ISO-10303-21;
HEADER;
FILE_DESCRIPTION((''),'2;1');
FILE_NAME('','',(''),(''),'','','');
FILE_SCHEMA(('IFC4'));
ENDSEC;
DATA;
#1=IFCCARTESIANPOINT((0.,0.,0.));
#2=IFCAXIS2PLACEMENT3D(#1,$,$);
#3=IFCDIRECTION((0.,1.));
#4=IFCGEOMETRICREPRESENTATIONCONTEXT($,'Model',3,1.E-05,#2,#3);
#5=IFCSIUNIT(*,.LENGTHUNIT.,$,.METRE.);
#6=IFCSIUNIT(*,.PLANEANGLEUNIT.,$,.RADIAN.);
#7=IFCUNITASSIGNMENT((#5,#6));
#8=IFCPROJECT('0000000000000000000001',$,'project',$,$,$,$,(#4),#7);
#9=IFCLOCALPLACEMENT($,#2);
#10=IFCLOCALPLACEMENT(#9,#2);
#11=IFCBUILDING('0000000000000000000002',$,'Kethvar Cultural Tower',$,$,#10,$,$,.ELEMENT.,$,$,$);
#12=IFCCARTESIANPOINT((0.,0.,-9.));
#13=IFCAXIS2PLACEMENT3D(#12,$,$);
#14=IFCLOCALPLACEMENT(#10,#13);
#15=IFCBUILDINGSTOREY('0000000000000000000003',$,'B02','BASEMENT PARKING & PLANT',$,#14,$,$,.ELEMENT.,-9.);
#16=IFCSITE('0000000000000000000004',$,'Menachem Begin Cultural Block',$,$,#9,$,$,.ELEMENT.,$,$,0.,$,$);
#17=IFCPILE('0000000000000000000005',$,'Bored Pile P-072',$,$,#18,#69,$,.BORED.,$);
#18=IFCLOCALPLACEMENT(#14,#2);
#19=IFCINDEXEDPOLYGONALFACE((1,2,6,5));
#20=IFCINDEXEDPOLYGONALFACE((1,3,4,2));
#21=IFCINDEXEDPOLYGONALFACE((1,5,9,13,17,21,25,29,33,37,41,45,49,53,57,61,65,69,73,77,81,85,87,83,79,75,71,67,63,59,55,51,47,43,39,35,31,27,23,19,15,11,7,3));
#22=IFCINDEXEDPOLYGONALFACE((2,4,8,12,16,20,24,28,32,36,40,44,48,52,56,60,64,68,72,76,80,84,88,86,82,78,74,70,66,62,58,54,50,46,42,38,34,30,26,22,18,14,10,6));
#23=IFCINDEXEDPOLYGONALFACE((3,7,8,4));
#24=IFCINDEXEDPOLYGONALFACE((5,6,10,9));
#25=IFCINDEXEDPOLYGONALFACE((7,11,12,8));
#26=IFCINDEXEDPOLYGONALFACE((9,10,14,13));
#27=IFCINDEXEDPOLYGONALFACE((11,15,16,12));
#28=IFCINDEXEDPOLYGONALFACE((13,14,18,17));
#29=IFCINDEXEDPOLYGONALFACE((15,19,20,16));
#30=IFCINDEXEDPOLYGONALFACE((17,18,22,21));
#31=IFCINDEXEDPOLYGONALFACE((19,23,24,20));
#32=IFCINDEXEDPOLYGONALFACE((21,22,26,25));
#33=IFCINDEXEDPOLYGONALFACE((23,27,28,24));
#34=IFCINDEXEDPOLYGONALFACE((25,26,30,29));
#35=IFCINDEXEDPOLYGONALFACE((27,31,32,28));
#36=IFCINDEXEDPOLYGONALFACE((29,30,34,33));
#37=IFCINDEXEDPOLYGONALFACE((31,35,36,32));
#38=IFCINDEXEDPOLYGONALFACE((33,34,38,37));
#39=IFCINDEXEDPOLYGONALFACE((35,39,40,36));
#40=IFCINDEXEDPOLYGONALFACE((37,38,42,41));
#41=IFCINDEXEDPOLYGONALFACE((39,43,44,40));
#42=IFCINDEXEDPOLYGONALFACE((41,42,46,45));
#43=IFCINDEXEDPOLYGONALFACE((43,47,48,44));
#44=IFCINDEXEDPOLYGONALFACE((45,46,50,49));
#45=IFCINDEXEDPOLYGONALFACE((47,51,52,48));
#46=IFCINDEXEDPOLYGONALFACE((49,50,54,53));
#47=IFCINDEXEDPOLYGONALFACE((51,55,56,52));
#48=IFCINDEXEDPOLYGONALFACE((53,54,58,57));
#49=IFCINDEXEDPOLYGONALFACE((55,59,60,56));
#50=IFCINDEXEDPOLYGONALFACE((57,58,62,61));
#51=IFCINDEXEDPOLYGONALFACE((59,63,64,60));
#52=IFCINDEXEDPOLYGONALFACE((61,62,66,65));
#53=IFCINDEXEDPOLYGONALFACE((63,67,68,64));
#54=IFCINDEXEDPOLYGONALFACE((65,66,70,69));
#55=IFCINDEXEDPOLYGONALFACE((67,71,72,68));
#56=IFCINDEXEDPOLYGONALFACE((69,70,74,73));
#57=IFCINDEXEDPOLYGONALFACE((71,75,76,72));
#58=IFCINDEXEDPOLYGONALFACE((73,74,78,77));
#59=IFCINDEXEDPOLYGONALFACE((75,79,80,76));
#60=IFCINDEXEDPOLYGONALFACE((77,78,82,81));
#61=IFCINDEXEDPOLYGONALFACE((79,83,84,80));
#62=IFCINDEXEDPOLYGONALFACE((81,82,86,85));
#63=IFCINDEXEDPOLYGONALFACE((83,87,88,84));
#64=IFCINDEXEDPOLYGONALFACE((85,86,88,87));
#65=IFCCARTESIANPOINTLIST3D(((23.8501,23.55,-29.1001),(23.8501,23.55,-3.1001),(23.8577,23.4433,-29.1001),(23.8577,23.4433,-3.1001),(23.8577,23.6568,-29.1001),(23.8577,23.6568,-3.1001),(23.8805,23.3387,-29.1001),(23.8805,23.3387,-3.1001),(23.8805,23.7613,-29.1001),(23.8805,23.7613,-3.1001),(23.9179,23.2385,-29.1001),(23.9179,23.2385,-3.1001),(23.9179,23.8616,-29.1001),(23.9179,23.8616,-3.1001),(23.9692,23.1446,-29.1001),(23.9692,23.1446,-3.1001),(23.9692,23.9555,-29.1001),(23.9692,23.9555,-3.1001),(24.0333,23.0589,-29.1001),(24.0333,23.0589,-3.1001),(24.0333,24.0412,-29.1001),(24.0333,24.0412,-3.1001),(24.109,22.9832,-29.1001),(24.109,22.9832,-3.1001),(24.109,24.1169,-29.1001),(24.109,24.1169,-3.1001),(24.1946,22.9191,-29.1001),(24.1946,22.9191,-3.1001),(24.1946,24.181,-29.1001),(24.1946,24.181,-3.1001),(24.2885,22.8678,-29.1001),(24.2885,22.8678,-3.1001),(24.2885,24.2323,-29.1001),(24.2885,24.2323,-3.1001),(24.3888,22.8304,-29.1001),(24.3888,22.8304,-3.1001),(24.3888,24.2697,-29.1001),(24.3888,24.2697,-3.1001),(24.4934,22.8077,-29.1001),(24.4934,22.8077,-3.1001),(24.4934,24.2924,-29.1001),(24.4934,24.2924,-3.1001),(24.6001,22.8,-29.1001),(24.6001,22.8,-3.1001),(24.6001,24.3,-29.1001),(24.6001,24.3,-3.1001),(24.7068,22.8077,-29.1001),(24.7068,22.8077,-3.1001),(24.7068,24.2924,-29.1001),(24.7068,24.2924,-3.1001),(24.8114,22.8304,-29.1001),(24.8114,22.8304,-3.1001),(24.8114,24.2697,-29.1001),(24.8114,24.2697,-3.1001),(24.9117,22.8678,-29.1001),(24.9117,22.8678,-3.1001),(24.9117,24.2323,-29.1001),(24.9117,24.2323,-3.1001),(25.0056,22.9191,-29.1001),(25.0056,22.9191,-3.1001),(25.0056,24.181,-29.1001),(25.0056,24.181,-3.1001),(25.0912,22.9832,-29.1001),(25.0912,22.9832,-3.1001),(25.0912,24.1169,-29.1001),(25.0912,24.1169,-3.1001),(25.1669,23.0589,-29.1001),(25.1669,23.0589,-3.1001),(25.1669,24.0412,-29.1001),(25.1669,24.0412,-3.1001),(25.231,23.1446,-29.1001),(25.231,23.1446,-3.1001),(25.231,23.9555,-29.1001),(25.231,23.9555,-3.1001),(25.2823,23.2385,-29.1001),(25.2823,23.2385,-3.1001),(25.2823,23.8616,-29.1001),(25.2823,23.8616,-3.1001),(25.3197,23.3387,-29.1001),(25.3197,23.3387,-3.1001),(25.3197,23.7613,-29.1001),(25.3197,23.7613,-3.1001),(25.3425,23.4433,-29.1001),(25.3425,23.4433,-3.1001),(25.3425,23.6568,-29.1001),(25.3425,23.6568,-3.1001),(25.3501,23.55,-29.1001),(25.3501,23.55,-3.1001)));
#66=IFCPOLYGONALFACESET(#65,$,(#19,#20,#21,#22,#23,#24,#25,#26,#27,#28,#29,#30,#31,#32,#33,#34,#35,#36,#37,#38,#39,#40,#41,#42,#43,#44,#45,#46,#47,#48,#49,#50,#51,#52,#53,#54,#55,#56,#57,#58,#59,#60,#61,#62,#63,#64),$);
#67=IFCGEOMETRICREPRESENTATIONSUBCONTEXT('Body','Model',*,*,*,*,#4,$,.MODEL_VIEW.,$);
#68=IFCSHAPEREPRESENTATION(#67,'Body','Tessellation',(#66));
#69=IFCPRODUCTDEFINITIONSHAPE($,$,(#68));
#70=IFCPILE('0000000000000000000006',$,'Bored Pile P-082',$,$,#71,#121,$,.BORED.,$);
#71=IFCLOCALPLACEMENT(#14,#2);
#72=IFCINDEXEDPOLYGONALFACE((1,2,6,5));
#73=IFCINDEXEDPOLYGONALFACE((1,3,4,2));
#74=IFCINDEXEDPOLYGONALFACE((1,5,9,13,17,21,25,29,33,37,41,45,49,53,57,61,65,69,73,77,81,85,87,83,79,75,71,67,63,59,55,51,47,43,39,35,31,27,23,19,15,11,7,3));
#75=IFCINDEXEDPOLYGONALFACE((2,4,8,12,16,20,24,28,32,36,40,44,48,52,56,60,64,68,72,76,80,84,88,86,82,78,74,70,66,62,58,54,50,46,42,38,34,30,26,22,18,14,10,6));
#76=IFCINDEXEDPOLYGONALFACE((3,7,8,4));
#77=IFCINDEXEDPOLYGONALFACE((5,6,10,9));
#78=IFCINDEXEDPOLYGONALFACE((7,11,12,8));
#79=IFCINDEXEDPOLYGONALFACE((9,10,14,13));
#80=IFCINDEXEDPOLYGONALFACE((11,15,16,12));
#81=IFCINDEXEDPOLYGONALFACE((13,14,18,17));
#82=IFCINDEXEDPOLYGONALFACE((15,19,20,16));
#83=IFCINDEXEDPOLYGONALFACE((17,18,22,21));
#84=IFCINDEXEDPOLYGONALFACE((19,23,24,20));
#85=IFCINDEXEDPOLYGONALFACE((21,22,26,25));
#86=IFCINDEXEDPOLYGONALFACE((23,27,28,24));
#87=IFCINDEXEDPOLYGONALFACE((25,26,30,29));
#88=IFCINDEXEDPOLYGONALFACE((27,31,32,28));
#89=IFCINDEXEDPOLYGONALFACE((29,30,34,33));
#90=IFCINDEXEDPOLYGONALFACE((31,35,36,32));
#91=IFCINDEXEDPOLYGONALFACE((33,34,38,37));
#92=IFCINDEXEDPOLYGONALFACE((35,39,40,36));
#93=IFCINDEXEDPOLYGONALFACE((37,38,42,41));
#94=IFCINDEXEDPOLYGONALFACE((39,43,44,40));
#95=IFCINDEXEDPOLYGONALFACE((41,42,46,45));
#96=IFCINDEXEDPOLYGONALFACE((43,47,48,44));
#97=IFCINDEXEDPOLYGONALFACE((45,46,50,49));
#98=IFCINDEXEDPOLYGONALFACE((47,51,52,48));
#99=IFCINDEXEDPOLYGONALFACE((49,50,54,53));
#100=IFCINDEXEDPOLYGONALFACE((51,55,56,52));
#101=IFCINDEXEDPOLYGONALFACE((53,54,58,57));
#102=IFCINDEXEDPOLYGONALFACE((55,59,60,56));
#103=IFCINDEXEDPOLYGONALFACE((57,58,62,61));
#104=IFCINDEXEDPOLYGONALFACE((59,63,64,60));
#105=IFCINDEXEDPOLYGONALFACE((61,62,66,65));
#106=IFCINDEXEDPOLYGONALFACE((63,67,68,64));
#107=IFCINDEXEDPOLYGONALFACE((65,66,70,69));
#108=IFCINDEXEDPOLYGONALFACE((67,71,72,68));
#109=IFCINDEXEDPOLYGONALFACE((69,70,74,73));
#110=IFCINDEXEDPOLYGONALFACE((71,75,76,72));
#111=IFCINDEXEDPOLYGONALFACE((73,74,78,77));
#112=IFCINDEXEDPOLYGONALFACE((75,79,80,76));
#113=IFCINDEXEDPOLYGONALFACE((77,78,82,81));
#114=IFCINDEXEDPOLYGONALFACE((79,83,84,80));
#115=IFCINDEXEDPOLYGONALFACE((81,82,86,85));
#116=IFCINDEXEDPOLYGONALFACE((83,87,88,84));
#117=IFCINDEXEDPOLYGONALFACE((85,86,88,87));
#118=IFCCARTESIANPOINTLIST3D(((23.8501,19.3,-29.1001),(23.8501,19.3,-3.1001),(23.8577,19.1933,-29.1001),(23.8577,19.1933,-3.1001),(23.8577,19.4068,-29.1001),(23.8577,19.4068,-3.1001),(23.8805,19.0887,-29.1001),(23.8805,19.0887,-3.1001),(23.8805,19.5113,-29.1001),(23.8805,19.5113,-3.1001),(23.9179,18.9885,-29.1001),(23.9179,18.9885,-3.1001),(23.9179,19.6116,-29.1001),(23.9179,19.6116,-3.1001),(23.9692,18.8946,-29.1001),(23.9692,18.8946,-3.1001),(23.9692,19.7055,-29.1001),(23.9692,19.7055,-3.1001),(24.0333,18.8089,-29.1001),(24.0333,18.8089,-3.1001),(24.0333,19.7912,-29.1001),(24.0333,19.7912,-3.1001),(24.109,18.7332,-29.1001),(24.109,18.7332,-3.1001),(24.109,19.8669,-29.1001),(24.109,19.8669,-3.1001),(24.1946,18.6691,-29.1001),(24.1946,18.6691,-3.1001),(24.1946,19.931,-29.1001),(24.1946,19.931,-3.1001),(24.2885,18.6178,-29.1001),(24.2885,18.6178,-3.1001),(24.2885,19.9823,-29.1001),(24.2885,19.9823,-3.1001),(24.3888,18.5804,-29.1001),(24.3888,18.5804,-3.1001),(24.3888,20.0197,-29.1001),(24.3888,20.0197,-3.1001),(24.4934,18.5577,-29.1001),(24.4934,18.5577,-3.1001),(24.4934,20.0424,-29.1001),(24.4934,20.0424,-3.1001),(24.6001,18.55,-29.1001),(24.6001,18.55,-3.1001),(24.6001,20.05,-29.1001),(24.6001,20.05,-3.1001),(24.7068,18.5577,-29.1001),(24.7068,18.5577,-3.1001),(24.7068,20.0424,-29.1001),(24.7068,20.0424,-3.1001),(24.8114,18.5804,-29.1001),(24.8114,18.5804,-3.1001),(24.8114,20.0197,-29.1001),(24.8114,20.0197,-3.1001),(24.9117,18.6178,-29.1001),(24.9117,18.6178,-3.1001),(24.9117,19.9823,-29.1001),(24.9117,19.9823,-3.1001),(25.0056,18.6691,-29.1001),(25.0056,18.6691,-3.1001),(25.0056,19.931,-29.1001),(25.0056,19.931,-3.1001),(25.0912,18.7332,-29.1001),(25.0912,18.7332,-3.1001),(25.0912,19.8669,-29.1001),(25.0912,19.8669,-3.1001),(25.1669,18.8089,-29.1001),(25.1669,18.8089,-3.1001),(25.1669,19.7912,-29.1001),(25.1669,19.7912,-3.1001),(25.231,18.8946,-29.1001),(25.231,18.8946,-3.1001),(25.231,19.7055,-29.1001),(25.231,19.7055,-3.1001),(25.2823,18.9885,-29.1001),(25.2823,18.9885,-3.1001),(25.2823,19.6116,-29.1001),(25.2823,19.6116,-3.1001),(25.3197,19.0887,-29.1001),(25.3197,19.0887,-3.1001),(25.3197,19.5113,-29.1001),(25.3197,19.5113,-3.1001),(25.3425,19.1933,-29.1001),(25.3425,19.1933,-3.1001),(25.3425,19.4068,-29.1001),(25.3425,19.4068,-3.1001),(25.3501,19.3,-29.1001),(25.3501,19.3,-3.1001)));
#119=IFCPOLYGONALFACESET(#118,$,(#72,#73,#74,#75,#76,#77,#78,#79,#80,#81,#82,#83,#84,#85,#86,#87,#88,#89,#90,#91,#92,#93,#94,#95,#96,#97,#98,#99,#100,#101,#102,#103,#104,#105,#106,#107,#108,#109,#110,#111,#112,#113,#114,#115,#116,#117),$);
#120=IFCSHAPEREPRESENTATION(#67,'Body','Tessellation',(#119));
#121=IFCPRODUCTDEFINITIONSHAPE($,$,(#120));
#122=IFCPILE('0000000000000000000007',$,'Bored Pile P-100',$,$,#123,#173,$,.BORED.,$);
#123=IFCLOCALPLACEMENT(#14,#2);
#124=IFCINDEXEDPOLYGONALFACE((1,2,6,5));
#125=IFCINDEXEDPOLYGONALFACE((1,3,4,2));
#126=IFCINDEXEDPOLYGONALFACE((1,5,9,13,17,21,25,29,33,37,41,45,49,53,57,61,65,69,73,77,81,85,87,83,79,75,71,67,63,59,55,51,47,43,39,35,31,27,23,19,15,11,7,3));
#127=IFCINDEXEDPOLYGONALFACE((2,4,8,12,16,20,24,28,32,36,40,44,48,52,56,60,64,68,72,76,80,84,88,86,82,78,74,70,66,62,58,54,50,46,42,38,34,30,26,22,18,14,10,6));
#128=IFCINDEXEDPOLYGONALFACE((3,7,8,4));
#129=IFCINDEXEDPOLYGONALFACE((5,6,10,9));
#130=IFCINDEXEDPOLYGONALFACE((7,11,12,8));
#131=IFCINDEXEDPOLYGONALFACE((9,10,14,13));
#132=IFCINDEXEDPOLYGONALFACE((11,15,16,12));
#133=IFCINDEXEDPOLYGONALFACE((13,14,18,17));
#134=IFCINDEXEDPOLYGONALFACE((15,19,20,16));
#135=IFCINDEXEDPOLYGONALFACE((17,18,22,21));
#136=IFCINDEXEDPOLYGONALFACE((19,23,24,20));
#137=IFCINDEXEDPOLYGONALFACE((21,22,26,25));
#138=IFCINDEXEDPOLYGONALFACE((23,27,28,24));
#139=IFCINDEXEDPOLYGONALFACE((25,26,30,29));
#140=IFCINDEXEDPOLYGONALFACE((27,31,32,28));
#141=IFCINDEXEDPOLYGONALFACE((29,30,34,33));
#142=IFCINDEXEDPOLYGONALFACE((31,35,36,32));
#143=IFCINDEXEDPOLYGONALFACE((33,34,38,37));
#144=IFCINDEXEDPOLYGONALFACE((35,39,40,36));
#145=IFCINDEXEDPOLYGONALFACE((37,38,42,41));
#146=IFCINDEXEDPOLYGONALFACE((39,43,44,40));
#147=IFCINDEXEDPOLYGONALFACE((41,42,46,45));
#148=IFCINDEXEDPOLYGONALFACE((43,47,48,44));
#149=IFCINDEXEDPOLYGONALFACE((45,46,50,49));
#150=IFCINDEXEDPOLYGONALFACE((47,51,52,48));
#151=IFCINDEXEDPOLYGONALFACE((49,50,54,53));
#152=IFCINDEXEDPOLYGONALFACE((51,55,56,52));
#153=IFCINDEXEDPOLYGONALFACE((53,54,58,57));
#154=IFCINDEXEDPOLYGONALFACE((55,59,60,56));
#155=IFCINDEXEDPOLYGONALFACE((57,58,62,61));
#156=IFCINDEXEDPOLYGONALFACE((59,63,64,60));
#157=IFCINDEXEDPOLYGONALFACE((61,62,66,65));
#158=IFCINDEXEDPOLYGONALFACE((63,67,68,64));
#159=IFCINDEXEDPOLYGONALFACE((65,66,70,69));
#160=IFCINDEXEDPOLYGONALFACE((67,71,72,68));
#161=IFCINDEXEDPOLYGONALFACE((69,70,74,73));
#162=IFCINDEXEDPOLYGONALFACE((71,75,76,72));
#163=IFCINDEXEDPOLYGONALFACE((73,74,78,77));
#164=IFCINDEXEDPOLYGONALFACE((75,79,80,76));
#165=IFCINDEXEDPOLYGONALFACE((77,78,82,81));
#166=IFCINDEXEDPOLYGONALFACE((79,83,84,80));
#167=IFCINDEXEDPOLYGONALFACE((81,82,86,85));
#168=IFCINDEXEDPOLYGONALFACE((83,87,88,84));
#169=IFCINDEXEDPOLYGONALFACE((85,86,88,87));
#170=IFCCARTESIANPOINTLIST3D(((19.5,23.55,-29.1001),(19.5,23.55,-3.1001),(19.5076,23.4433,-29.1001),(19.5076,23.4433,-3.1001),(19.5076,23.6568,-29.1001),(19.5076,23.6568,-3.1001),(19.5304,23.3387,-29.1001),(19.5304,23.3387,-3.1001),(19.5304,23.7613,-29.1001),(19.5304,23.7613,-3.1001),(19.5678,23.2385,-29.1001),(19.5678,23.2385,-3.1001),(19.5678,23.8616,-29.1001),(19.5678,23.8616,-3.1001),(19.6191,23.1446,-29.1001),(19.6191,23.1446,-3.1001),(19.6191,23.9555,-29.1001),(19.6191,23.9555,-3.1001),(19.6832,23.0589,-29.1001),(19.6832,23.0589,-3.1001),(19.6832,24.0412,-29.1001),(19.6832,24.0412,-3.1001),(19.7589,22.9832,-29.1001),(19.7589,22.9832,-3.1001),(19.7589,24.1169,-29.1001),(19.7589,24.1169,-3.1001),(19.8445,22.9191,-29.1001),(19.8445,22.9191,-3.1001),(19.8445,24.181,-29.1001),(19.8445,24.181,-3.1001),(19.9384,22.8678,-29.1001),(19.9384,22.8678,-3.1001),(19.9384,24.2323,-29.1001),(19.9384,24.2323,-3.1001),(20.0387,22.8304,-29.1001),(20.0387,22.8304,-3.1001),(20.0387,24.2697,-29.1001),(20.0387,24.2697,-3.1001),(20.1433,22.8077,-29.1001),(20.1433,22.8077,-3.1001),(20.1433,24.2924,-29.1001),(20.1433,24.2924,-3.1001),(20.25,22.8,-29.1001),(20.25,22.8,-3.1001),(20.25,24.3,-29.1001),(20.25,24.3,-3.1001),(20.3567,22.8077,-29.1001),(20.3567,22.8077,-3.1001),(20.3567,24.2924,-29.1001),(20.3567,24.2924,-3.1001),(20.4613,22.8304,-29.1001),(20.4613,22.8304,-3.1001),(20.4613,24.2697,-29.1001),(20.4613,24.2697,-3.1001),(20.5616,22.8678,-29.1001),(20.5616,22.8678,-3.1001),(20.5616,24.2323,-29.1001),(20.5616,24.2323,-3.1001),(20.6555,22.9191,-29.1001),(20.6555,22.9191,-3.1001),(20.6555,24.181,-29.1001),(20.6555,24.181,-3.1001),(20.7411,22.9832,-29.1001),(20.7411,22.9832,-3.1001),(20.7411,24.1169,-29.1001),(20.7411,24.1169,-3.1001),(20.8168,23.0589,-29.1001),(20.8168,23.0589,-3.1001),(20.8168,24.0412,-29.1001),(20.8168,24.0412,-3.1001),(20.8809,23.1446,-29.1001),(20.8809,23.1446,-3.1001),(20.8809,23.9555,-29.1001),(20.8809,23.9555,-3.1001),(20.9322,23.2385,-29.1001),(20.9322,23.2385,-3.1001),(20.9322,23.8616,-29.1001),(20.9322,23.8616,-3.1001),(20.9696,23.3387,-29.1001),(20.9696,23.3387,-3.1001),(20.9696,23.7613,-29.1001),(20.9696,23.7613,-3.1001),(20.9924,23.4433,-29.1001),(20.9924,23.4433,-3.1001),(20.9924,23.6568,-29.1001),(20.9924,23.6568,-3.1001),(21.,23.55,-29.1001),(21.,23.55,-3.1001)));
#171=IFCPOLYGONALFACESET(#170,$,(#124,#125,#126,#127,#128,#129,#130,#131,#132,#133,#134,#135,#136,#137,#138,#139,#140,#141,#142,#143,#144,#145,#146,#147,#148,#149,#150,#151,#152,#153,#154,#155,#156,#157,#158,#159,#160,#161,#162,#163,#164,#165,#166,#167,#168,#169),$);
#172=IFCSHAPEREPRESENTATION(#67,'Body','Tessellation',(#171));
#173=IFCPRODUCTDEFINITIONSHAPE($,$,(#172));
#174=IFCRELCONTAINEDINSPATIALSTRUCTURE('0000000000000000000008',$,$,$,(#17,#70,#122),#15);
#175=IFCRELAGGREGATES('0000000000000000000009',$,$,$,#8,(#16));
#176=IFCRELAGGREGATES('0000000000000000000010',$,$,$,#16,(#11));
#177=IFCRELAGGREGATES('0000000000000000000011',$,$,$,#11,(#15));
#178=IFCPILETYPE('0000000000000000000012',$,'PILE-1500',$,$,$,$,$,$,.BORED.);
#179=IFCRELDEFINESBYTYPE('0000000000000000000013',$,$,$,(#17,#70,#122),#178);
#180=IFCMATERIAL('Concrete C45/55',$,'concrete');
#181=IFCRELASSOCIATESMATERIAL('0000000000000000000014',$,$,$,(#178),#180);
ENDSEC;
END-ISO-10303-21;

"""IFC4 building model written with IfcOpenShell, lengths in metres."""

from ifc_helpers import new_model, si_unit, direction, frame, origin, origin_2d, place, context, subcontext, project, spatial, circle, extrude, source, transform, mapped, material, material_profile, profile_set, type_object, element, save


model = new_model("IFC4")

# Units and contexts
model_context = context("Model", 3, precision=1e-05, world=origin(), true_north=direction((0.0, 1.0)))
body_context = subcontext(model_context, "Body", "Model", "MODEL_VIEW")
ifc_project = project(units=[si_unit("LENGTHUNIT", "METRE"), si_unit("PLANEANGLEUNIT", "RADIAN")], contexts=[model_context])

# Site, building, storey
site_placement = place(None, origin())
site = spatial("IfcSite", under=ifc_project, at=site_placement, Name="Menachem Begin Cultural Block", CompositionType="ELEMENT", RefElevation=0.0)
building_placement = place(site_placement, origin())
building = spatial("IfcBuilding", under=site, at=building_placement, Name="Kethvar Cultural Tower", CompositionType="ELEMENT")
storey_placement = place(building_placement, frame((0.0, 0.0, -9.0)))
storey = spatial("IfcBuildingStorey", under=building, at=storey_placement, Name="B02", Description="BASEMENT PARKING & PLANT", CompositionType="ELEMENT", Elevation=-9.0)

# Piles
ifc_material_1 = material(Name="Concrete C45/55", Category="concrete")
ifc_material_profile_1 = material_profile(ifc_material_1, circle(Radius=0.75, at=origin_2d()), Name="Concrete C45/55 — PILE1500")
ifc_profile_set_1 = profile_set([ifc_material_profile_1], Name="Concrete C45/55 — PILE1500")
pile_type = type_object("IfcPileType", Name="PILE-1500", PredefinedType="BORED", material=ifc_profile_set_1)
shared_shape_1 = source(origin(), body_context, "Body", "SweptSolid", [
    extrude(circle(Radius=0.75, at=origin_2d()), origin(), (0.0, 0.0, 1.0), 26.0),
])
for number, where, z_axis, x_axis, name in (
    (1, (24.6001, 23.55, -3.1001), (0.0, 0.0, -1.0), (1.0, 0.0, 0.0), "Bored Pile P-072"),
    (2, (24.6001, 19.3, -3.1001), (0.0, 0.0, -1.0), (1.0, 0.0, 0.0), "Bored Pile P-082"),
    (3, (20.25, 23.55, -3.1001), (0.0, 0.0, -1.0), (1.0, 0.0, 0.0), "Bored Pile P-100"),
):
    element("IfcPile", number, at=place(storey_placement, frame(where, z_axis=z_axis, x_axis=x_axis)), inside=storey, type_object=pile_type, Name=name, PredefinedType="BORED", context=body_context, shape_type="MappedRepresentation", body=[
        mapped(shared_shape_1, transform((0.0, 0.0, 0.0), scale=1.0)),
    ])

save(model, "model.ifc")
